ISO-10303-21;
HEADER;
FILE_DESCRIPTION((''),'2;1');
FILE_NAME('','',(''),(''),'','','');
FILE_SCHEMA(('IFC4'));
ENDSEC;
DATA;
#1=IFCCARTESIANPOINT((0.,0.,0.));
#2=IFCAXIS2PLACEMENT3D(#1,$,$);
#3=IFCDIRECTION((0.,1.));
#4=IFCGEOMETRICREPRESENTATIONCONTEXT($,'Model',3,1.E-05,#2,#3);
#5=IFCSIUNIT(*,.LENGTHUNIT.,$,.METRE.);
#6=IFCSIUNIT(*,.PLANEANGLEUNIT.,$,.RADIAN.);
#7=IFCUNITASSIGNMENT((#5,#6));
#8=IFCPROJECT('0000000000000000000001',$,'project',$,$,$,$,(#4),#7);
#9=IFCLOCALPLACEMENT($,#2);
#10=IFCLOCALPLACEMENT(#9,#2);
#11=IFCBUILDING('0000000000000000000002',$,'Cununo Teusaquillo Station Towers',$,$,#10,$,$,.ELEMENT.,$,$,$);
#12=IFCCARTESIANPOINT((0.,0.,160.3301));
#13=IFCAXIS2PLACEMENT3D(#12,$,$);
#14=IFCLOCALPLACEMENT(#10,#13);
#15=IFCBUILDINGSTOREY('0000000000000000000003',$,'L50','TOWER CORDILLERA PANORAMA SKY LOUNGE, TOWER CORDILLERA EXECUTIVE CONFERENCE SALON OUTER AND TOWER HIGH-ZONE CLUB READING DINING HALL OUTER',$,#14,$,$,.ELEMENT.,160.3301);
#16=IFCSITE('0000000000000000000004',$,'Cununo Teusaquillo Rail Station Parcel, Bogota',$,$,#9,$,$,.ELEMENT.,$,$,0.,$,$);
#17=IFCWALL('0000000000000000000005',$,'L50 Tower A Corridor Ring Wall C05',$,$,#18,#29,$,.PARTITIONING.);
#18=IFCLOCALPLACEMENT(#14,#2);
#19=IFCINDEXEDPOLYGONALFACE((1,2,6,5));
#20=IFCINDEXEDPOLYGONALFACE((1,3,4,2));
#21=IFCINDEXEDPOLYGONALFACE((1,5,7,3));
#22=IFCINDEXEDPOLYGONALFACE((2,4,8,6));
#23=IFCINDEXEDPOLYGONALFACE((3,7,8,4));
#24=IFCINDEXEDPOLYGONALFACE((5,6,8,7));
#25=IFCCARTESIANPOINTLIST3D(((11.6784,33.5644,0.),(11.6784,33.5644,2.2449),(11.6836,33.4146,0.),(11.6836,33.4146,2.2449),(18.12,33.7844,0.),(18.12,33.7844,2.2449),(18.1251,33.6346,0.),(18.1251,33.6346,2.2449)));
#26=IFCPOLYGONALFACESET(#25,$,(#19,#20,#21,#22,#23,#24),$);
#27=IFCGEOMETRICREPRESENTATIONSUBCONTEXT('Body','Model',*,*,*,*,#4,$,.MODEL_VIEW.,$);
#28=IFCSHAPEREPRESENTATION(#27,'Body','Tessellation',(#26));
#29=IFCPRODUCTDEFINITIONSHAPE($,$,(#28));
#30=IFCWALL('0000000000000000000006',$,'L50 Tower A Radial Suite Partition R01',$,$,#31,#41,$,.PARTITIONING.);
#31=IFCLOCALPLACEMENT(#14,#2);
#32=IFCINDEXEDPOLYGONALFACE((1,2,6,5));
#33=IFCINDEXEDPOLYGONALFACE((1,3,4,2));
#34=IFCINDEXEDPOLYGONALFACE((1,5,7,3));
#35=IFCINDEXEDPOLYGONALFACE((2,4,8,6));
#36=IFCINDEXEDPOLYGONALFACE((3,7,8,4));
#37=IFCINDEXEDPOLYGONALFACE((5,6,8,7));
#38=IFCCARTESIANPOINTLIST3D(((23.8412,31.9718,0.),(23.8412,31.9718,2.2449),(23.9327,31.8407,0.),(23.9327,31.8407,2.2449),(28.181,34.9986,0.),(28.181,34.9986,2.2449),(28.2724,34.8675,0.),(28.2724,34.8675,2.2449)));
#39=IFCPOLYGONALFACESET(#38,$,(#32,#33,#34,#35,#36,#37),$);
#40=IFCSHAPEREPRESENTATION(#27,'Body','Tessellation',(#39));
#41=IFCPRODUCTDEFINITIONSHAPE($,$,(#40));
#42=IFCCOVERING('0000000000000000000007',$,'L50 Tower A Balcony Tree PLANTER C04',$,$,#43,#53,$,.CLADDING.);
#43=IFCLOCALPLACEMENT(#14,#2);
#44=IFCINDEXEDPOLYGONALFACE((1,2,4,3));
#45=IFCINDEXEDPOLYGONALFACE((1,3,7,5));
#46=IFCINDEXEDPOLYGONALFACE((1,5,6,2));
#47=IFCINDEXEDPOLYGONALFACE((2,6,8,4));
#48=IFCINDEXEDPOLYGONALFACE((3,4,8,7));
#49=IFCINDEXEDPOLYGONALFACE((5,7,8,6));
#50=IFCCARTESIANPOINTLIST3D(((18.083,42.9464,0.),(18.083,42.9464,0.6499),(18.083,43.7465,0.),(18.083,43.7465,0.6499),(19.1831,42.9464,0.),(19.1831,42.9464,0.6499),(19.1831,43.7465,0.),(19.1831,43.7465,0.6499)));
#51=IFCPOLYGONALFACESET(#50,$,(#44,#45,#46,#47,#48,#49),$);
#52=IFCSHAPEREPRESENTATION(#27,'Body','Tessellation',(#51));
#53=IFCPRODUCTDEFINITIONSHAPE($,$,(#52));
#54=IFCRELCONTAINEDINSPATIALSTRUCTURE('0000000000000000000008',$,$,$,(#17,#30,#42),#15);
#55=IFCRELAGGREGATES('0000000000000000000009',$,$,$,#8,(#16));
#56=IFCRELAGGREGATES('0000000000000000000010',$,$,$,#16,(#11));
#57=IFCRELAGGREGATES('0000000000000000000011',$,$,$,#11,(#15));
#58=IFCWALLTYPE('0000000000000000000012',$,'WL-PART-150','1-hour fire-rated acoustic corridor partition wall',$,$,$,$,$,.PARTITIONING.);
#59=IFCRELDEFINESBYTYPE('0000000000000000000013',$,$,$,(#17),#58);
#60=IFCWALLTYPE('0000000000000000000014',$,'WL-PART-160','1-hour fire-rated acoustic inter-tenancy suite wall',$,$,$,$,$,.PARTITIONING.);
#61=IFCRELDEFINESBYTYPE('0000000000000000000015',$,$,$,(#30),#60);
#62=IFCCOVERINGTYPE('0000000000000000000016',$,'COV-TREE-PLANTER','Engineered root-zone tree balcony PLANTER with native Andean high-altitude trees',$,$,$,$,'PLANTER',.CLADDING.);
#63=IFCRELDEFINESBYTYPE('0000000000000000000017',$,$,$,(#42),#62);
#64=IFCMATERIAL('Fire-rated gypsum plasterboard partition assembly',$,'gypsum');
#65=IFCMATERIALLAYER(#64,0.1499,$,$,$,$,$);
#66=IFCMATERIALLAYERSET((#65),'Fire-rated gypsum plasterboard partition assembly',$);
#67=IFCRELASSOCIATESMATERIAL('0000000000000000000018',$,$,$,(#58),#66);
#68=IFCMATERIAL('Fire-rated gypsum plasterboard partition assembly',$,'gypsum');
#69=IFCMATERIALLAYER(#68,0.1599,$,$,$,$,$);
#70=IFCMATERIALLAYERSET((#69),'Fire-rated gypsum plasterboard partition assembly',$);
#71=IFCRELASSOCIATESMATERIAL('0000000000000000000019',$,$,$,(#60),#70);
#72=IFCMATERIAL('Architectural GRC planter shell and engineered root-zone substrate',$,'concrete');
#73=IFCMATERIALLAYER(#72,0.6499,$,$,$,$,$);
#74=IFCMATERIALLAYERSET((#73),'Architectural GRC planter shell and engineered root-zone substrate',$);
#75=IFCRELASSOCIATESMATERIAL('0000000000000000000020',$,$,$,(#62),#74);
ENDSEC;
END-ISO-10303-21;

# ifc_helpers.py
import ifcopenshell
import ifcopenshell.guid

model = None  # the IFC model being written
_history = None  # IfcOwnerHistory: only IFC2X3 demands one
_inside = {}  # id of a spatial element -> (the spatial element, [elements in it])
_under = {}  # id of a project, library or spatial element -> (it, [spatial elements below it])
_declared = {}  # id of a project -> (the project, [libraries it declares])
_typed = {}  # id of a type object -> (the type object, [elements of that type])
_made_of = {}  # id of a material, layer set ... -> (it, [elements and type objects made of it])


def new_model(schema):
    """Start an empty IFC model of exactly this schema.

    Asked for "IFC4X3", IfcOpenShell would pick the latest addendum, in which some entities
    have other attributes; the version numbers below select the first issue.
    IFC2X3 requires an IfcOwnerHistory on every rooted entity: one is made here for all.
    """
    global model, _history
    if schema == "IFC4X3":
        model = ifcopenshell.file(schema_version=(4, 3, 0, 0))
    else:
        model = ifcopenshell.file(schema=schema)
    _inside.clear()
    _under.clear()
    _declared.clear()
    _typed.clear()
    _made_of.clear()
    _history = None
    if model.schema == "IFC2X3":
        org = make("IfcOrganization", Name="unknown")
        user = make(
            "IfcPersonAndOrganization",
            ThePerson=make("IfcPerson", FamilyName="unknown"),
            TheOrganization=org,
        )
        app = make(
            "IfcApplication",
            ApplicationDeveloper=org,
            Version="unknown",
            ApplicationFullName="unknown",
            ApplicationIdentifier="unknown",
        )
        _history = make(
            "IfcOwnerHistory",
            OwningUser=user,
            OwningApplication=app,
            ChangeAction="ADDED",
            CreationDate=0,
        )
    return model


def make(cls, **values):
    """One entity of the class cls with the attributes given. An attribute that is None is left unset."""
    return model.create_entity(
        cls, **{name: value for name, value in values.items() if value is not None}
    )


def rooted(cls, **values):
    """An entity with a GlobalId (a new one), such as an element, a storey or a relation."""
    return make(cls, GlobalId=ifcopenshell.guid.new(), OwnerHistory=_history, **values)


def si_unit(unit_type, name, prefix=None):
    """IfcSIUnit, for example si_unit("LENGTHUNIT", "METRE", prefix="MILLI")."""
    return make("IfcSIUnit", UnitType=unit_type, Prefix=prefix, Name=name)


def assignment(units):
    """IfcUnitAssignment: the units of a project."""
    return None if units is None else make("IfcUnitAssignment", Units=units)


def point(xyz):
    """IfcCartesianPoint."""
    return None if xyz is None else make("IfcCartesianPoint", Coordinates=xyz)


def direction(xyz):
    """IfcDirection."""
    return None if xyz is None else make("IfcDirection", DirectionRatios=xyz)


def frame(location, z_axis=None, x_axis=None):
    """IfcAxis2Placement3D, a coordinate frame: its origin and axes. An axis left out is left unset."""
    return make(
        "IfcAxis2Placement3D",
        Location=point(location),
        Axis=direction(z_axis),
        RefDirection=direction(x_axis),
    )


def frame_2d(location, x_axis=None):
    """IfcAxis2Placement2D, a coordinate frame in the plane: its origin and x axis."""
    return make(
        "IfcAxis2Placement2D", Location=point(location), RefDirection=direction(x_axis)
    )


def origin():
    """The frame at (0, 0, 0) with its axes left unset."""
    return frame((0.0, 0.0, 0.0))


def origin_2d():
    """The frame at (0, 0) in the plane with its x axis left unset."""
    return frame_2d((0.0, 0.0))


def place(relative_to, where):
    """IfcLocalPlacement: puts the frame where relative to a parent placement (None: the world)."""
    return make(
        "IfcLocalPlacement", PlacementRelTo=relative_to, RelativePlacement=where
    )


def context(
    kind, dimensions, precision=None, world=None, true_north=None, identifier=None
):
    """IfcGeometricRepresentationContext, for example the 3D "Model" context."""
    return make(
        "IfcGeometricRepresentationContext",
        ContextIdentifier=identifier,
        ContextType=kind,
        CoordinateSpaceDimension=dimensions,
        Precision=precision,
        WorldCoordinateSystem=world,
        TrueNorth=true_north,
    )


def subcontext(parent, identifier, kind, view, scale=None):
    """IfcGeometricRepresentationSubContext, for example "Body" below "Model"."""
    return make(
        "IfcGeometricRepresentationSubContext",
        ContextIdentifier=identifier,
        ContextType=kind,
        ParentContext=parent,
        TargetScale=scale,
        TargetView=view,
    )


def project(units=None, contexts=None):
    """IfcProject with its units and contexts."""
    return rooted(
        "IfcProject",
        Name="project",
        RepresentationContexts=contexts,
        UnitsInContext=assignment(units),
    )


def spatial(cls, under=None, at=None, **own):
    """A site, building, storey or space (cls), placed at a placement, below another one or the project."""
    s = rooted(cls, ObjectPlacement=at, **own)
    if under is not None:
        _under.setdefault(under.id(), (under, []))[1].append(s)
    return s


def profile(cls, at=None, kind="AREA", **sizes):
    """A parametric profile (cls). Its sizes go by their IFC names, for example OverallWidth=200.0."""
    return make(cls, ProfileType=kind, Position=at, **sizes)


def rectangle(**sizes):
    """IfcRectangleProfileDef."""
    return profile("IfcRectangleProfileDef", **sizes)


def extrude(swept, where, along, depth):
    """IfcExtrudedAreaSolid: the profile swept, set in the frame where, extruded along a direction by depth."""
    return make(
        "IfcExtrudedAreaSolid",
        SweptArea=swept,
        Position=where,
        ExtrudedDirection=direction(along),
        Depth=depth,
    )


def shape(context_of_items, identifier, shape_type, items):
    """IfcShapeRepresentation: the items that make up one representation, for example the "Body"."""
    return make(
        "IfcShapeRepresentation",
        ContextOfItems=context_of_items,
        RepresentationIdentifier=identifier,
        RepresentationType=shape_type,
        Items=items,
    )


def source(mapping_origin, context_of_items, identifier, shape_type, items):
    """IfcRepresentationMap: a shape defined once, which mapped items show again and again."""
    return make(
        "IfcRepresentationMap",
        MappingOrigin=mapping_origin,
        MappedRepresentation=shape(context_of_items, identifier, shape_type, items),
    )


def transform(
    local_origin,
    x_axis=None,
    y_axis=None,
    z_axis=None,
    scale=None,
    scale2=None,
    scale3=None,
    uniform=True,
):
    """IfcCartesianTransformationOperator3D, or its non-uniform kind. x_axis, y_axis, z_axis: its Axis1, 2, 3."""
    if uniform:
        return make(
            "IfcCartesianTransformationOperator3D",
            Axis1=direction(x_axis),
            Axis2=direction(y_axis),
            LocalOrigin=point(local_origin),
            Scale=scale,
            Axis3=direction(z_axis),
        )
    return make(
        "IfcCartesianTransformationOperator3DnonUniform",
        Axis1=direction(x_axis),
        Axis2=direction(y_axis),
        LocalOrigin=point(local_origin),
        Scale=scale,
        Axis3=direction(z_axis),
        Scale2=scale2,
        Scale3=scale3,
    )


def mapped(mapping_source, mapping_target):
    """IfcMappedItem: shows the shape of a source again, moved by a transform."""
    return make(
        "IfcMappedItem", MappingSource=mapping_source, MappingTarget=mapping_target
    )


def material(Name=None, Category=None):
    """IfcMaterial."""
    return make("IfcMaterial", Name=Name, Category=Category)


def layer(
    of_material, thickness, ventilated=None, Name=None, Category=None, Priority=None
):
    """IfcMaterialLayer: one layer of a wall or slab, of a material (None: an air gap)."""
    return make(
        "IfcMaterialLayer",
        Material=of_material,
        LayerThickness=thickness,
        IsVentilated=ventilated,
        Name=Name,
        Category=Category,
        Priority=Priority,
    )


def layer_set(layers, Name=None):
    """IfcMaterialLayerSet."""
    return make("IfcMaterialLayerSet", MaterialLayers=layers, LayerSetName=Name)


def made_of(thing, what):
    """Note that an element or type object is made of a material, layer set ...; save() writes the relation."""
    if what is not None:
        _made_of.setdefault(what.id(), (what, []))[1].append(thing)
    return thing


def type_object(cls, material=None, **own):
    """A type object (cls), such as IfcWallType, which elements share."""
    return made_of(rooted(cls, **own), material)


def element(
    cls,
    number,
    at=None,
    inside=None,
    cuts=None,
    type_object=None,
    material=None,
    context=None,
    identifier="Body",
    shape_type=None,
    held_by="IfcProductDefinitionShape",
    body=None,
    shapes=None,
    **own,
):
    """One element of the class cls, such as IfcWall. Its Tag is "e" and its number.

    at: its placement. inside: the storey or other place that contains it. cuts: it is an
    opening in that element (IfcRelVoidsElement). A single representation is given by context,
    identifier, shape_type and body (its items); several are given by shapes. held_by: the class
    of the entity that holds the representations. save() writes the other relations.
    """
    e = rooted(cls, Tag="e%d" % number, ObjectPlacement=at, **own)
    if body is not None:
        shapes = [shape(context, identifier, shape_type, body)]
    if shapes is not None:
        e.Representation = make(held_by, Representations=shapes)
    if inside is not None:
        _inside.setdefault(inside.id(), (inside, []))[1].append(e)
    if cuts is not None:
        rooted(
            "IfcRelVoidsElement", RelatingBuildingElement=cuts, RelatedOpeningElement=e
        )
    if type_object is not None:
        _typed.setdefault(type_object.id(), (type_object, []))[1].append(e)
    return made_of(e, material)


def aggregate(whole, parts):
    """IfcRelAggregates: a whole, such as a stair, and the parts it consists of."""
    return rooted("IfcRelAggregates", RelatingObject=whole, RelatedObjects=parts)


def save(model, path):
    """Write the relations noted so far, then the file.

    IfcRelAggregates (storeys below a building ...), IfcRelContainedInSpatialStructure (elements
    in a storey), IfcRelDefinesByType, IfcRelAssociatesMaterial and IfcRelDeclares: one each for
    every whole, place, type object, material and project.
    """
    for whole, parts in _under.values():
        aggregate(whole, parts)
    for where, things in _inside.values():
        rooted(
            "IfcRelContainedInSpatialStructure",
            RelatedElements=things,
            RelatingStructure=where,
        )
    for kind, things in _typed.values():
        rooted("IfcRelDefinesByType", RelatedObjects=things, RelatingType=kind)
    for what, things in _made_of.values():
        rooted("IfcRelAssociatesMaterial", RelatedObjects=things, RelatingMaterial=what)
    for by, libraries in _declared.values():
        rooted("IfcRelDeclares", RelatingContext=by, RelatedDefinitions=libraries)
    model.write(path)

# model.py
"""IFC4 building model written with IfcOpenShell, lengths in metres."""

from ifc_helpers import new_model, si_unit, direction, frame, frame_2d, origin, origin_2d, place, context, subcontext, project, spatial, rectangle, extrude, source, transform, mapped, material, layer, layer_set, type_object, element, save


model = new_model("IFC4")

# Units and contexts
model_context = context("Model", 3, precision=1e-05, world=origin(), true_north=direction((0.0, 1.0)))
body_context = subcontext(model_context, "Body", "Model", "MODEL_VIEW")
ifc_project = project(units=[si_unit("LENGTHUNIT", "METRE"), si_unit("PLANEANGLEUNIT", "RADIAN")], contexts=[model_context])

# Site, building, storey
site_placement = place(None, origin())
site = spatial("IfcSite", under=ifc_project, at=site_placement, Name="Cununo Teusaquillo Rail Station Parcel, Bogota", CompositionType="ELEMENT", RefElevation=0.0)
building_placement = place(site_placement, origin())
building = spatial("IfcBuilding", under=site, at=building_placement, Name="Cununo Teusaquillo Station Towers", CompositionType="ELEMENT")
storey_placement = place(building_placement, frame((0.0, 0.0, 160.3301)))
storey = spatial("IfcBuildingStorey", under=building, at=storey_placement, Name="L50", Description="TOWER CORDILLERA PANORAMA SKY LOUNGE, TOWER CORDILLERA EXECUTIVE CONFERENCE SALON OUTER AND TOWER HIGH-ZONE CLUB READING DINING HALL OUTER", CompositionType="ELEMENT", Elevation=160.3301)

# Shared definitions
ifc_material_1 = material(Name="Fire-rated gypsum plasterboard partition assembly", Category="gypsum")
ifc_layer_1 = layer(ifc_material_1, 0.1499)
ifc_layer_set_1 = layer_set([ifc_layer_1], Name="Fire-rated gypsum plasterboard partition assembly")
wall_type_1 = type_object("IfcWallType", Name="WL-PART-150", Description="1-hour fire-rated acoustic corridor partition wall", PredefinedType="PARTITIONING", material=ifc_layer_set_1)

# Walls
wall_1_placement = place(storey_placement, frame((18.1226, 33.7095, 0.0), z_axis=(0.0, 0.0, 1.0), x_axis=(-0.999417, -0.034128, 0.0)))
element("IfcWall", 1, at=wall_1_placement, inside=storey, type_object=wall_type_1, Name="L50 Tower A Corridor Ring Wall C05", PredefinedType="PARTITIONING", context=body_context, shape_type="SweptSolid", body=[
    extrude(rectangle(XDim=6.4453, YDim=0.1499, at=frame_2d((3.2227, 0.0))), origin(), (0.0, 0.0, 1.0), 2.2449),
])
ifc_material_2 = material(Name="Fire-rated gypsum plasterboard partition assembly", Category="gypsum")
ifc_layer_2 = layer(ifc_material_2, 0.1599)
ifc_layer_set_2 = layer_set([ifc_layer_2], Name="Fire-rated gypsum plasterboard partition assembly")
wall_type_2 = type_object("IfcWallType", Name="WL-PART-160", Description="1-hour fire-rated acoustic inter-tenancy suite wall", PredefinedType="PARTITIONING", material=ifc_layer_set_2)
wall_2_placement = place(storey_placement, frame((23.887, 31.9062, 0.0), z_axis=(0.0, 0.0, 1.0), x_axis=(0.820211, 0.572062, 0.0)))
element("IfcWall", 2, at=wall_2_placement, inside=storey, type_object=wall_type_2, Name="L50 Tower A Radial Suite Partition R01", PredefinedType="PARTITIONING", context=body_context, shape_type="SweptSolid", body=[
    extrude(rectangle(XDim=5.291, YDim=0.1599, at=frame_2d((2.6455, 0.0))), origin(), (0.0, 0.0, 1.0), 2.2449),
])

# Covering
ifc_material_3 = material(Name="Architectural GRC planter shell and engineered root-zone substrate", Category="concrete")
ifc_layer_3 = layer(ifc_material_3, 0.6499)
ifc_layer_set_3 = layer_set([ifc_layer_3], Name="Architectural GRC planter shell and engineered root-zone substrate")
covering_type = type_object("IfcCoveringType", Name="COV-TREE-PLANTER", Description="Engineered root-zone tree balcony PLANTER with native Andean high-altitude trees", ElementType="PLANTER", PredefinedType="CLADDING", material=ifc_layer_set_3)
shared_shape_1 = source(origin(), body_context, "Body", "SweptSolid", [
    extrude(rectangle(XDim=1.1001, YDim=0.8, at=origin_2d()), origin(), (0.0, 0.0, 1.0), 0.6499),
])
covering_placement = place(storey_placement, frame((18.6331, 43.3464, 0.0), z_axis=(0.0, 0.0, 1.0), x_axis=(1.0, 0.0, 0.0)))
element("IfcCovering", 3, at=covering_placement, inside=storey, type_object=covering_type, Name="L50 Tower A Balcony Tree PLANTER C04", PredefinedType="CLADDING", context=body_context, shape_type="MappedRepresentation", body=[
    mapped(shared_shape_1, transform((0.0, 0.0, 0.0), x_axis=(1.0, 0.0, 0.0), y_axis=(0.0, 1.0, 0.0), z_axis=(0.0, 0.0, 1.0), scale=1.0)),
])

save(model, "model.ifc")
